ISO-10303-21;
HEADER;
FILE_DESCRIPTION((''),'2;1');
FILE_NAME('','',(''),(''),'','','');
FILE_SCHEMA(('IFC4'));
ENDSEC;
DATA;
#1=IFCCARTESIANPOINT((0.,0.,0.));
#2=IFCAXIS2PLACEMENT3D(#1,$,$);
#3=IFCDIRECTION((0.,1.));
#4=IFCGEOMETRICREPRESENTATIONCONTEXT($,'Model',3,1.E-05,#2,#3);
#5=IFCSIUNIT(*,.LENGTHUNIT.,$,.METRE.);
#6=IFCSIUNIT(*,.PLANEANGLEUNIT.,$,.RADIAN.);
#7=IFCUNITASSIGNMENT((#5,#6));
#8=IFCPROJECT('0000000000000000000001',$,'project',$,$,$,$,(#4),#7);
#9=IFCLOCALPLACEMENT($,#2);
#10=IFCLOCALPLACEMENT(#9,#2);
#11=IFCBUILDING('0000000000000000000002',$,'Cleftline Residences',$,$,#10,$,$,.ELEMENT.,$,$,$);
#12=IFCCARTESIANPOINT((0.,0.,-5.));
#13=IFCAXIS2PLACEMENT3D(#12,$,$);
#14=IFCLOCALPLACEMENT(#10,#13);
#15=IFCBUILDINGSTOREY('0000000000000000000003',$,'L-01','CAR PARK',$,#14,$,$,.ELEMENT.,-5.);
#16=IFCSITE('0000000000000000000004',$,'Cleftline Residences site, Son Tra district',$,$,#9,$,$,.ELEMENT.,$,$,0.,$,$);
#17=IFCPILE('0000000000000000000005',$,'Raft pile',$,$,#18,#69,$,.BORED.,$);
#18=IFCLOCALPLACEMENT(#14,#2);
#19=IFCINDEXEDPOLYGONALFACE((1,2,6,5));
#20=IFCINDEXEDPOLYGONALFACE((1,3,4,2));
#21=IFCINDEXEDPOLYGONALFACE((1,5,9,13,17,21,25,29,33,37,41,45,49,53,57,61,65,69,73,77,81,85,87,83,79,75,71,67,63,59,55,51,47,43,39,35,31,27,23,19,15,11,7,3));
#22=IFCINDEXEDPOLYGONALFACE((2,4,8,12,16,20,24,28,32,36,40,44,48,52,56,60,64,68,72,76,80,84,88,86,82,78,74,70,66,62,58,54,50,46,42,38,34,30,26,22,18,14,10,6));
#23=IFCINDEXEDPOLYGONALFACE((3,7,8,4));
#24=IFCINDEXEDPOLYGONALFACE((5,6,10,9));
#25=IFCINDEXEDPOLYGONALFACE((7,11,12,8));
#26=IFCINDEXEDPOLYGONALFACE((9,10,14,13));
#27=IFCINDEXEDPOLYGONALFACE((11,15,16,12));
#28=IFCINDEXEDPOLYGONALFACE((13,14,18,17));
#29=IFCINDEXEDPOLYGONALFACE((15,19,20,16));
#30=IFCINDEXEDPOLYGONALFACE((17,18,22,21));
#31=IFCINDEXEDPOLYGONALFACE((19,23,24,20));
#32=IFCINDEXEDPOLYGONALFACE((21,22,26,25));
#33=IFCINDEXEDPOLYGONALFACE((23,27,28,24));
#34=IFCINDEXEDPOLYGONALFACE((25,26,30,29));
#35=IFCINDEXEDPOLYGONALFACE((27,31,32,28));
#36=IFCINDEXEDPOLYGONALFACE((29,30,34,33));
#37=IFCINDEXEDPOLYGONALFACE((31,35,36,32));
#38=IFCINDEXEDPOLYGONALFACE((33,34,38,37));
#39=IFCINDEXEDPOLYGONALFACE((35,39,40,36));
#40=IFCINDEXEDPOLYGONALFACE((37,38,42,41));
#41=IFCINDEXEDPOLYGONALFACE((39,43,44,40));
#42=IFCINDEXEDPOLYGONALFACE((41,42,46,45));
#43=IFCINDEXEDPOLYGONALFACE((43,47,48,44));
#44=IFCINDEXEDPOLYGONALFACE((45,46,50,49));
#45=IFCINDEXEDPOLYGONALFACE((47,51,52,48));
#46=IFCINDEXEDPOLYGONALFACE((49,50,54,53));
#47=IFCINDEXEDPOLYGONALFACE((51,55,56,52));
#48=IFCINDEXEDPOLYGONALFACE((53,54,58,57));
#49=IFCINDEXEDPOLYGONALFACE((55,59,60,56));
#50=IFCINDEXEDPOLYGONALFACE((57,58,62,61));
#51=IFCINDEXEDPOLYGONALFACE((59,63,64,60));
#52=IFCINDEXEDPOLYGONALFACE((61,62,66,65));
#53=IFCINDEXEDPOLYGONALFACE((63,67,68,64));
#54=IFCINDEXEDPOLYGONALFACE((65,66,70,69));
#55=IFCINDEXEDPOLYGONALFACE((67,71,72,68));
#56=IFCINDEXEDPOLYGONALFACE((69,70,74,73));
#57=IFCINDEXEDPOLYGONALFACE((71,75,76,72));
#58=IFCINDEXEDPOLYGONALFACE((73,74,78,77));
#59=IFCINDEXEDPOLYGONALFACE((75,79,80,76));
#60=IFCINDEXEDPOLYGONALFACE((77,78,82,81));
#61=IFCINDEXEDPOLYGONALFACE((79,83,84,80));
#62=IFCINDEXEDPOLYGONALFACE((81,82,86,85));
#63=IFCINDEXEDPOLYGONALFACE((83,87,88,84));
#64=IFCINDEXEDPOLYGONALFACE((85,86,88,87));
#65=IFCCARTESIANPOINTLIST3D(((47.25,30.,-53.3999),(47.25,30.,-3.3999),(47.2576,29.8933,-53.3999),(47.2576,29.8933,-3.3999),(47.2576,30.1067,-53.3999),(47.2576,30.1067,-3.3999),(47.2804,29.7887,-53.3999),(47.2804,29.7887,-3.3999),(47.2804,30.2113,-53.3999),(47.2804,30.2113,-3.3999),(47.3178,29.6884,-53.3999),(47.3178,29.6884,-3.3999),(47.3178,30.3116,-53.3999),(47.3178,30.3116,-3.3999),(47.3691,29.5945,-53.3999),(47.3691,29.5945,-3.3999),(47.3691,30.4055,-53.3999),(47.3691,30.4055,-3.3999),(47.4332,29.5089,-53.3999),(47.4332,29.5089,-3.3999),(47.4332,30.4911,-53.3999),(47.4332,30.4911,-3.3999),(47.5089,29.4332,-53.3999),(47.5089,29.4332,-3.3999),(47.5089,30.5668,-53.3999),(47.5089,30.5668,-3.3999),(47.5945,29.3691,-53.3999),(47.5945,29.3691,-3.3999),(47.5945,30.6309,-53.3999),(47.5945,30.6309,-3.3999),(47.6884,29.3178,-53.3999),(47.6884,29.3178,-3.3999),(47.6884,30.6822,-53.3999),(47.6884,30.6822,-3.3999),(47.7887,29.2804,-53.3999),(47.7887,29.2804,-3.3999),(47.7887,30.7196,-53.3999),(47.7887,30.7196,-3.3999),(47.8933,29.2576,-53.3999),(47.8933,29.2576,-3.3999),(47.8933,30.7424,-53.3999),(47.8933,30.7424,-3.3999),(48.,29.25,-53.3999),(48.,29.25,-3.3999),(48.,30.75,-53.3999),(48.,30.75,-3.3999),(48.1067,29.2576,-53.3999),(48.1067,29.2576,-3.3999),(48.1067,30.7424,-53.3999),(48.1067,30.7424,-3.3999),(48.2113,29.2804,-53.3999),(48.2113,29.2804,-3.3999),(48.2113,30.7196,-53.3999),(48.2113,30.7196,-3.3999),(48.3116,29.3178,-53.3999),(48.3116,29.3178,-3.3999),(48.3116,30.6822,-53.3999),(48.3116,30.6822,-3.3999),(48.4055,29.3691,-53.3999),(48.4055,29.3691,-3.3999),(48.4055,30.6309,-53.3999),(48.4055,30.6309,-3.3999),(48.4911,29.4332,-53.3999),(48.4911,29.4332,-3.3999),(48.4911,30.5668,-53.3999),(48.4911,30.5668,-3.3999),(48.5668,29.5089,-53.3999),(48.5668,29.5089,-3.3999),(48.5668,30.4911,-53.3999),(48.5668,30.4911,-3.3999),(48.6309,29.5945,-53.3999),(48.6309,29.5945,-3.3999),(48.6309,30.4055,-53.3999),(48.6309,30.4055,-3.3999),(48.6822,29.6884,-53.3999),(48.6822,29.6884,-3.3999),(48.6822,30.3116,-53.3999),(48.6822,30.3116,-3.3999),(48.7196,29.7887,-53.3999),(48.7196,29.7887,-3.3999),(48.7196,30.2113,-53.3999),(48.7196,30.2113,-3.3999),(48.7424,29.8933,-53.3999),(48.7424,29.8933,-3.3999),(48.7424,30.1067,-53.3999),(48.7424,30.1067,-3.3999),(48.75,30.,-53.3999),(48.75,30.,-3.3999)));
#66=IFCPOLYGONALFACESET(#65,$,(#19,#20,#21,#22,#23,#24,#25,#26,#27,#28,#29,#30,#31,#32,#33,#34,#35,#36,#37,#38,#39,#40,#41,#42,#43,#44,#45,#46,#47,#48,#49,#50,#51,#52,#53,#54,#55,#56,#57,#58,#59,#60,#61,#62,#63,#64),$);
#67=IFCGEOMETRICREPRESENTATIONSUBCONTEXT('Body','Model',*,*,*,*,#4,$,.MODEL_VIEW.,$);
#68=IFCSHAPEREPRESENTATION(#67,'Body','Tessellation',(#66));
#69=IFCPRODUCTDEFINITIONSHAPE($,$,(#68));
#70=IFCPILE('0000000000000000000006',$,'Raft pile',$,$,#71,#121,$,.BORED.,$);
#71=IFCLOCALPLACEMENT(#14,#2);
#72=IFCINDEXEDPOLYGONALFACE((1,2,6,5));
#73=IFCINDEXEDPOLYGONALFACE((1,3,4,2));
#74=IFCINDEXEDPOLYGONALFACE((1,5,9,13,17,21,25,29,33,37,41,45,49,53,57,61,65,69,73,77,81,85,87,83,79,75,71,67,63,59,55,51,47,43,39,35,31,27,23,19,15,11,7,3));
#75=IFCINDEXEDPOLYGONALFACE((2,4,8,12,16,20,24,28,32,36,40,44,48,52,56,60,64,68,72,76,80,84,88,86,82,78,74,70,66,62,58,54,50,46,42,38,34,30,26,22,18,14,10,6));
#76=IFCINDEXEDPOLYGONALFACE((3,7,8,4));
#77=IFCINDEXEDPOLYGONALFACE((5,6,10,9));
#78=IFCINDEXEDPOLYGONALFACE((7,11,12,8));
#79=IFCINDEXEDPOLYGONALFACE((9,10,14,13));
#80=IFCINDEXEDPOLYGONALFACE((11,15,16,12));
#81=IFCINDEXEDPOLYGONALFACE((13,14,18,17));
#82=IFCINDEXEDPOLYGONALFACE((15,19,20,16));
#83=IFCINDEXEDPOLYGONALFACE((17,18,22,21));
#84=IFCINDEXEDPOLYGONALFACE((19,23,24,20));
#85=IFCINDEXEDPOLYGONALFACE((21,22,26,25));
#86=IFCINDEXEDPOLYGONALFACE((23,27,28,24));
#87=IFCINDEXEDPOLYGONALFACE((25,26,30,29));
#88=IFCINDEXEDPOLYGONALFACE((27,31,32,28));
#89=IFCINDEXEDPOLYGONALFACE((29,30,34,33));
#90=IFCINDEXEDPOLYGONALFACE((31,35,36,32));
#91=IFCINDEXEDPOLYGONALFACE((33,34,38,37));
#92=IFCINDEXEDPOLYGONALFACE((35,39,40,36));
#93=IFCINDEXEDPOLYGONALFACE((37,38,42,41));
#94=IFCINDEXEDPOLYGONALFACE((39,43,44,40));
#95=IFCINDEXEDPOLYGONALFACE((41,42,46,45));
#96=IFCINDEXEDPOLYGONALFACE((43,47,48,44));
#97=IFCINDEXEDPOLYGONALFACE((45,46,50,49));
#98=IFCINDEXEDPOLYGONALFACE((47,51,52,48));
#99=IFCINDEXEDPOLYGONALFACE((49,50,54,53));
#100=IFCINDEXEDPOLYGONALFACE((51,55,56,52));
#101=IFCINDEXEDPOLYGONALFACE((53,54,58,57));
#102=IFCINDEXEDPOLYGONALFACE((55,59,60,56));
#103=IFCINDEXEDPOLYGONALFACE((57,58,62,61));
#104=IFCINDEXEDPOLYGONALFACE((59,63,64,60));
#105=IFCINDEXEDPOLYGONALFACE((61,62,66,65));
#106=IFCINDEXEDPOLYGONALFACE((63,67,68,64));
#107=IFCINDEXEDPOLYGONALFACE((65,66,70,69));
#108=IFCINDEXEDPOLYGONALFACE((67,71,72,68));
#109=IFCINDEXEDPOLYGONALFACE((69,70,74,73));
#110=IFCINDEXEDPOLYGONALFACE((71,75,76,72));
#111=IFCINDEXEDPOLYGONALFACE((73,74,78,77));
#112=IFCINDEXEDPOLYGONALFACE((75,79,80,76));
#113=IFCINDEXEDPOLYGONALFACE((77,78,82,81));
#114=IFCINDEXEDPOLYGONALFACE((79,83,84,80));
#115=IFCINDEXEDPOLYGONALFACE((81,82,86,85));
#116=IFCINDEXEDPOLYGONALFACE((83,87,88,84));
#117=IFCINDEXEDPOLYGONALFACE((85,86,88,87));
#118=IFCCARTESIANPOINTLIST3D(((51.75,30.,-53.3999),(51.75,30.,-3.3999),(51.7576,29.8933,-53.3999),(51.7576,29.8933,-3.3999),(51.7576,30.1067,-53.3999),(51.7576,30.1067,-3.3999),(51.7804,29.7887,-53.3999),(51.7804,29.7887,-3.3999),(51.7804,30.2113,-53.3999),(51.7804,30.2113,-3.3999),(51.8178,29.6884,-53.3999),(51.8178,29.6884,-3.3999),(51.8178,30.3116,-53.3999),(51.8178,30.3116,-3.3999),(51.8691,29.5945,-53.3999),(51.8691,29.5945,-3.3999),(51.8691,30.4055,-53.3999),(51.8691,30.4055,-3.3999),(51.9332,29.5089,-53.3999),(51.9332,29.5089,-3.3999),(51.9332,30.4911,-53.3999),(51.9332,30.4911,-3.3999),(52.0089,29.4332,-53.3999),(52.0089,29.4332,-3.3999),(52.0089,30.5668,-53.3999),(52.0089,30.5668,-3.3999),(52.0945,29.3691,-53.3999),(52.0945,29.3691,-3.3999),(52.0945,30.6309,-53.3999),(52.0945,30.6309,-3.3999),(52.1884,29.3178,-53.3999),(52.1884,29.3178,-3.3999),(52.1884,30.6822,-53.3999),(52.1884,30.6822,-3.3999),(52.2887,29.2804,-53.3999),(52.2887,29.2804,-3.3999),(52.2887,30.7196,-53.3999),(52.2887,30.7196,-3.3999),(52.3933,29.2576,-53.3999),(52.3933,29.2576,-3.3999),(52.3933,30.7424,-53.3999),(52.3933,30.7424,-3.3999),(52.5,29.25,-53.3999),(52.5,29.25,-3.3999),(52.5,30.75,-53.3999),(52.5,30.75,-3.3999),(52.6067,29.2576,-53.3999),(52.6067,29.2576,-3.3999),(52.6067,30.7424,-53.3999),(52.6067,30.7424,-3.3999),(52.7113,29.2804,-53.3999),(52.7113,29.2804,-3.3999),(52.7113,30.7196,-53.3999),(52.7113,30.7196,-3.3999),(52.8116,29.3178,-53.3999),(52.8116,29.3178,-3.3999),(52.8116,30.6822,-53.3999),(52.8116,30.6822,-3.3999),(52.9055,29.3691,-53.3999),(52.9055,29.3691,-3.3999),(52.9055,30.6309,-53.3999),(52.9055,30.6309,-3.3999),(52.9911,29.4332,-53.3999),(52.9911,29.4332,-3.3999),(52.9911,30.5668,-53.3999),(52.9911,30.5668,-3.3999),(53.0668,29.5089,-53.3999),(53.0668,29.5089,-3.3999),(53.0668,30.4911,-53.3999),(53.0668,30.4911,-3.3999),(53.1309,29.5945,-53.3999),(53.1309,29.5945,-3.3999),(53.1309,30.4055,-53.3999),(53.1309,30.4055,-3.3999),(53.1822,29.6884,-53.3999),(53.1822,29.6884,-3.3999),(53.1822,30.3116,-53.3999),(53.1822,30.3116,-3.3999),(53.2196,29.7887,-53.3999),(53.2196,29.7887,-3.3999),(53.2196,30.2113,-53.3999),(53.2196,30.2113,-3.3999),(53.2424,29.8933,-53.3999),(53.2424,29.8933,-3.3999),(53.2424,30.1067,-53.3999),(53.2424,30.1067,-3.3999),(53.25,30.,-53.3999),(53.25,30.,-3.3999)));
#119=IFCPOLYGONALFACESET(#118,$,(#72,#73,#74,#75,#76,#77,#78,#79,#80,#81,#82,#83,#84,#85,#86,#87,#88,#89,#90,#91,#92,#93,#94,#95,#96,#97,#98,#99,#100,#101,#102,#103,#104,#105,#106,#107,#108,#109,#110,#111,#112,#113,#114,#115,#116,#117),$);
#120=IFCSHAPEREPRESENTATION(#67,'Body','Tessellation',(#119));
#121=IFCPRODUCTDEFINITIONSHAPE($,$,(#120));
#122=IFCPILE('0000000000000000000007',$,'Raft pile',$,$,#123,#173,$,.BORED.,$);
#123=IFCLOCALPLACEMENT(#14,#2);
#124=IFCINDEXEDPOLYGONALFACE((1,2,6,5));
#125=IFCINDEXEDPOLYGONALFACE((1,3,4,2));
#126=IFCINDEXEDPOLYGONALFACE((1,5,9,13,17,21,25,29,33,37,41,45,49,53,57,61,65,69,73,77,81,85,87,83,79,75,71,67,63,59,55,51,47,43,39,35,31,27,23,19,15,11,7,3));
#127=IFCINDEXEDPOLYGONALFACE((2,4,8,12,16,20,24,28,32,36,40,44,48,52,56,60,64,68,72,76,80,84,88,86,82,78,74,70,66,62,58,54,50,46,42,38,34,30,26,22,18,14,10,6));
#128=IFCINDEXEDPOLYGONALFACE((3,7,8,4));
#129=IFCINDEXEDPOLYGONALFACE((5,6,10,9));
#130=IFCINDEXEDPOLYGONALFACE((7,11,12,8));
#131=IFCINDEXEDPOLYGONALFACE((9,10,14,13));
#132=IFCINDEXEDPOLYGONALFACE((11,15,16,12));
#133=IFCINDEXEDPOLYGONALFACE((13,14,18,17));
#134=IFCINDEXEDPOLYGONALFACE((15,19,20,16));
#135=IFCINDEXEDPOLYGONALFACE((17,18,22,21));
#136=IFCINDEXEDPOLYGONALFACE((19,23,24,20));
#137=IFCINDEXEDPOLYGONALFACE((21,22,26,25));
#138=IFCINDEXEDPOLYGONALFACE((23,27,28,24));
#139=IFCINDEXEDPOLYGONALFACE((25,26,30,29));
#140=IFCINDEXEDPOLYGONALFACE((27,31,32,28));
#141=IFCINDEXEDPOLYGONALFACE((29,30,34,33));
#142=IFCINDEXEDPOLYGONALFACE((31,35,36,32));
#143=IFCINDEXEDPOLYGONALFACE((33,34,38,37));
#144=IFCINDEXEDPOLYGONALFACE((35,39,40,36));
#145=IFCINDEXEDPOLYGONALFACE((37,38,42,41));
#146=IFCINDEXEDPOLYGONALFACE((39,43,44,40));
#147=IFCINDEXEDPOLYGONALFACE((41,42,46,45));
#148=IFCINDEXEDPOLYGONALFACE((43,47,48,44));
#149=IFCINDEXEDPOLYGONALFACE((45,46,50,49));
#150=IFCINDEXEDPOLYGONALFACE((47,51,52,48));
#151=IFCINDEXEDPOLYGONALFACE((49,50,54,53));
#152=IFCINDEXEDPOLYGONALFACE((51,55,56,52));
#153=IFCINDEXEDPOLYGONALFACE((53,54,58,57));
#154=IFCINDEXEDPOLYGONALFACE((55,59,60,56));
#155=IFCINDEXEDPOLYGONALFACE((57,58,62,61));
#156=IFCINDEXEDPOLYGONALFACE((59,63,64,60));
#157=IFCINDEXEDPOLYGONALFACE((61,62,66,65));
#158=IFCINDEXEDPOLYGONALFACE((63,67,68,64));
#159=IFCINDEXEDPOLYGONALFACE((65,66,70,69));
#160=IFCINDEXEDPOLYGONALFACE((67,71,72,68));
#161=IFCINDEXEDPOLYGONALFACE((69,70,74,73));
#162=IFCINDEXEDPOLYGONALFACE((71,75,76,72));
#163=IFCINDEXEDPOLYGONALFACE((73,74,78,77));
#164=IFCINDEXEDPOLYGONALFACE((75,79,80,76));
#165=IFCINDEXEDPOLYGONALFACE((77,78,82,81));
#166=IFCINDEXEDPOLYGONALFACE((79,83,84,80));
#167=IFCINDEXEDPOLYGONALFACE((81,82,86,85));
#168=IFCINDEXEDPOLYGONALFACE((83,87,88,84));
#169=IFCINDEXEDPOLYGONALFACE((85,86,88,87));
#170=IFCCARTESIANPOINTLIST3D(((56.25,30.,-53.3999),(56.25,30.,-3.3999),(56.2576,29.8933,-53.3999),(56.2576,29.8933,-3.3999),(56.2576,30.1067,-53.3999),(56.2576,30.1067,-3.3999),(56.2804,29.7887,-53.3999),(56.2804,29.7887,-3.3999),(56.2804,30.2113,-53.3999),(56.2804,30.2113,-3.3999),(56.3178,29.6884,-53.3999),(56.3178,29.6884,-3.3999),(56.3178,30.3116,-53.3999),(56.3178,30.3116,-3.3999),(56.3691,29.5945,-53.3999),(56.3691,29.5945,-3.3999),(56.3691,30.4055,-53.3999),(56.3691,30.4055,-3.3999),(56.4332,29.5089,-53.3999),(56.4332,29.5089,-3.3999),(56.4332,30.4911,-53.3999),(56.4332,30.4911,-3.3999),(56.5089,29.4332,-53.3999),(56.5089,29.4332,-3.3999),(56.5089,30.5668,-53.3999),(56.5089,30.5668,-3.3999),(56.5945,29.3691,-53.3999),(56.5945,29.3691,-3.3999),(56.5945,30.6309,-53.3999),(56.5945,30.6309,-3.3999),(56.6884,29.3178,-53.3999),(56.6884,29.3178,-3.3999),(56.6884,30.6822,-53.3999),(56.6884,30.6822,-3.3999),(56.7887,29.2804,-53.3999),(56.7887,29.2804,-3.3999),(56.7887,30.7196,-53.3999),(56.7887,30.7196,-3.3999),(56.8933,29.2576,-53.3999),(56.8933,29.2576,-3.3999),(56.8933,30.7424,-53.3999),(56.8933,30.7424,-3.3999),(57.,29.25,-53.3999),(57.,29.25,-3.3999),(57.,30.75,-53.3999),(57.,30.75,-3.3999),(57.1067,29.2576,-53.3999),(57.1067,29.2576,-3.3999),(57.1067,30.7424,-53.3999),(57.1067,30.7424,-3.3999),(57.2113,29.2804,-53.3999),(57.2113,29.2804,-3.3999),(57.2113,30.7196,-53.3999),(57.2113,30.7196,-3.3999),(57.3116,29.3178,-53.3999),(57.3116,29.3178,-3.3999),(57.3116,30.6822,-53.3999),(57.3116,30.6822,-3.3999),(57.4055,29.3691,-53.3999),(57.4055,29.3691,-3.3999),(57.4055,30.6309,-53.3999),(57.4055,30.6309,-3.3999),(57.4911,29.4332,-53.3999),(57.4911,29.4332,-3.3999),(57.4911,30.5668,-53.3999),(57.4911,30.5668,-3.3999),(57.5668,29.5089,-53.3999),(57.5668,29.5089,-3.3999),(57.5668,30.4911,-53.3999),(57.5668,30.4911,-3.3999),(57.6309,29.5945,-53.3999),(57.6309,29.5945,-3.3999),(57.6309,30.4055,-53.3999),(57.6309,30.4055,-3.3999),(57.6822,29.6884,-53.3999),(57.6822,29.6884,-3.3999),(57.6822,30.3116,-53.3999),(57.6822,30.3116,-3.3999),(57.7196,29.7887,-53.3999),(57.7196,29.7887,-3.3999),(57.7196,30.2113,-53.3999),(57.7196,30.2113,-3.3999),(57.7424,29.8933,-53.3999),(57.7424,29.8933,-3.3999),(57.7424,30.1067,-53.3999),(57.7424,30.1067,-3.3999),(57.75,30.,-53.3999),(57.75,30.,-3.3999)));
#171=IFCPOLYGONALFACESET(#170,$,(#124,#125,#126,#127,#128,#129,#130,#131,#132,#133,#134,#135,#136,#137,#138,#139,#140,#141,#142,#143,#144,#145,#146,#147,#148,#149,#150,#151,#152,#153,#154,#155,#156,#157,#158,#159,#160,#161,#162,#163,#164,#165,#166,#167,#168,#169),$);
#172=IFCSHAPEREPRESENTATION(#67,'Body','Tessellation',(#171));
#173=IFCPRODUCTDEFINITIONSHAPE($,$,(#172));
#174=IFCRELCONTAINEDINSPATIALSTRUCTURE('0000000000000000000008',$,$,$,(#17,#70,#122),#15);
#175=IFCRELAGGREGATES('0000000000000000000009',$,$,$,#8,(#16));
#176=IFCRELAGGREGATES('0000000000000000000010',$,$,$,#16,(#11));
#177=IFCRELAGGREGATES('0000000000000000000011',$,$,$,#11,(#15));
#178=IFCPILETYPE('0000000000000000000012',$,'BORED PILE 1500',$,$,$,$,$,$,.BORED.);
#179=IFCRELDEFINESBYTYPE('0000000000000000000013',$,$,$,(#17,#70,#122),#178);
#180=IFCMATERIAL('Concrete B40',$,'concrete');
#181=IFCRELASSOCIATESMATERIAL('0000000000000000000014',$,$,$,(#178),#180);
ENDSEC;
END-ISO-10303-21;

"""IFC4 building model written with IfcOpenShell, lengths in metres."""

from ifc_helpers import new_model, si_unit, direction, frame, origin, origin_2d, place, context, subcontext, project, spatial, circle, extrude, material, material_profile, profile_set, type_object, element, save


model = new_model("IFC4")

# Units and contexts
model_context = context("Model", 3, precision=1e-05, world=origin(), true_north=direction((0.0, 1.0)))
body_context = subcontext(model_context, "Body", "Model", "MODEL_VIEW")
ifc_project = project(units=[si_unit("LENGTHUNIT", "METRE"), si_unit("PLANEANGLEUNIT", "RADIAN")], contexts=[model_context])

# Site, building, storey
site_placement = place(None, origin())
site = spatial("IfcSite", under=ifc_project, at=site_placement, Name="Cleftline Residences site, Son Tra district", CompositionType="ELEMENT", RefElevation=0.0)
building_placement = place(site_placement, origin())
building = spatial("IfcBuilding", under=site, at=building_placement, Name="Cleftline Residences", CompositionType="ELEMENT")
storey_placement = place(building_placement, frame((0.0, 0.0, -5.0)))
storey = spatial("IfcBuildingStorey", under=building, at=storey_placement, Name="L-01", Description="CAR PARK", CompositionType="ELEMENT", Elevation=-5.0)

# Piles
ifc_material_1 = material(Name="Concrete B40", Category="concrete")
ifc_material_profile_1 = material_profile(ifc_material_1, circle(Radius=0.75, at=origin_2d()))
ifc_profile_set_1 = profile_set([ifc_material_profile_1], Name="Concrete B40")
pile_type = type_object("IfcPileType", Name="BORED PILE 1500", PredefinedType="BORED", material=ifc_profile_set_1)
for number, where, z_axis, x_axis, name in (
    (1, (48.0, 30.0, -3.3999), (0.0, 0.0, -1.0), (1.0, 0.0, 0.0), "Raft pile"),
    (2, (52.5, 30.0, -3.3999), (0.0, 0.0, -1.0), (1.0, 0.0, 0.0), "Raft pile"),
    (3, (57.0, 30.0, -3.3999), (0.0, 0.0, -1.0), (1.0, 0.0, 0.0), "Raft pile"),
):
    element("IfcPile", number, at=place(storey_placement, frame(where, z_axis=z_axis, x_axis=x_axis)), inside=storey, type_object=pile_type, Name=name, PredefinedType="BORED", context=body_context, shape_type="SweptSolid", body=[
        extrude(circle(Radius=0.75, at=origin_2d()), origin(), (0.0, 0.0, 1.0), 50.0),
    ])

save(model, "model.ifc")
